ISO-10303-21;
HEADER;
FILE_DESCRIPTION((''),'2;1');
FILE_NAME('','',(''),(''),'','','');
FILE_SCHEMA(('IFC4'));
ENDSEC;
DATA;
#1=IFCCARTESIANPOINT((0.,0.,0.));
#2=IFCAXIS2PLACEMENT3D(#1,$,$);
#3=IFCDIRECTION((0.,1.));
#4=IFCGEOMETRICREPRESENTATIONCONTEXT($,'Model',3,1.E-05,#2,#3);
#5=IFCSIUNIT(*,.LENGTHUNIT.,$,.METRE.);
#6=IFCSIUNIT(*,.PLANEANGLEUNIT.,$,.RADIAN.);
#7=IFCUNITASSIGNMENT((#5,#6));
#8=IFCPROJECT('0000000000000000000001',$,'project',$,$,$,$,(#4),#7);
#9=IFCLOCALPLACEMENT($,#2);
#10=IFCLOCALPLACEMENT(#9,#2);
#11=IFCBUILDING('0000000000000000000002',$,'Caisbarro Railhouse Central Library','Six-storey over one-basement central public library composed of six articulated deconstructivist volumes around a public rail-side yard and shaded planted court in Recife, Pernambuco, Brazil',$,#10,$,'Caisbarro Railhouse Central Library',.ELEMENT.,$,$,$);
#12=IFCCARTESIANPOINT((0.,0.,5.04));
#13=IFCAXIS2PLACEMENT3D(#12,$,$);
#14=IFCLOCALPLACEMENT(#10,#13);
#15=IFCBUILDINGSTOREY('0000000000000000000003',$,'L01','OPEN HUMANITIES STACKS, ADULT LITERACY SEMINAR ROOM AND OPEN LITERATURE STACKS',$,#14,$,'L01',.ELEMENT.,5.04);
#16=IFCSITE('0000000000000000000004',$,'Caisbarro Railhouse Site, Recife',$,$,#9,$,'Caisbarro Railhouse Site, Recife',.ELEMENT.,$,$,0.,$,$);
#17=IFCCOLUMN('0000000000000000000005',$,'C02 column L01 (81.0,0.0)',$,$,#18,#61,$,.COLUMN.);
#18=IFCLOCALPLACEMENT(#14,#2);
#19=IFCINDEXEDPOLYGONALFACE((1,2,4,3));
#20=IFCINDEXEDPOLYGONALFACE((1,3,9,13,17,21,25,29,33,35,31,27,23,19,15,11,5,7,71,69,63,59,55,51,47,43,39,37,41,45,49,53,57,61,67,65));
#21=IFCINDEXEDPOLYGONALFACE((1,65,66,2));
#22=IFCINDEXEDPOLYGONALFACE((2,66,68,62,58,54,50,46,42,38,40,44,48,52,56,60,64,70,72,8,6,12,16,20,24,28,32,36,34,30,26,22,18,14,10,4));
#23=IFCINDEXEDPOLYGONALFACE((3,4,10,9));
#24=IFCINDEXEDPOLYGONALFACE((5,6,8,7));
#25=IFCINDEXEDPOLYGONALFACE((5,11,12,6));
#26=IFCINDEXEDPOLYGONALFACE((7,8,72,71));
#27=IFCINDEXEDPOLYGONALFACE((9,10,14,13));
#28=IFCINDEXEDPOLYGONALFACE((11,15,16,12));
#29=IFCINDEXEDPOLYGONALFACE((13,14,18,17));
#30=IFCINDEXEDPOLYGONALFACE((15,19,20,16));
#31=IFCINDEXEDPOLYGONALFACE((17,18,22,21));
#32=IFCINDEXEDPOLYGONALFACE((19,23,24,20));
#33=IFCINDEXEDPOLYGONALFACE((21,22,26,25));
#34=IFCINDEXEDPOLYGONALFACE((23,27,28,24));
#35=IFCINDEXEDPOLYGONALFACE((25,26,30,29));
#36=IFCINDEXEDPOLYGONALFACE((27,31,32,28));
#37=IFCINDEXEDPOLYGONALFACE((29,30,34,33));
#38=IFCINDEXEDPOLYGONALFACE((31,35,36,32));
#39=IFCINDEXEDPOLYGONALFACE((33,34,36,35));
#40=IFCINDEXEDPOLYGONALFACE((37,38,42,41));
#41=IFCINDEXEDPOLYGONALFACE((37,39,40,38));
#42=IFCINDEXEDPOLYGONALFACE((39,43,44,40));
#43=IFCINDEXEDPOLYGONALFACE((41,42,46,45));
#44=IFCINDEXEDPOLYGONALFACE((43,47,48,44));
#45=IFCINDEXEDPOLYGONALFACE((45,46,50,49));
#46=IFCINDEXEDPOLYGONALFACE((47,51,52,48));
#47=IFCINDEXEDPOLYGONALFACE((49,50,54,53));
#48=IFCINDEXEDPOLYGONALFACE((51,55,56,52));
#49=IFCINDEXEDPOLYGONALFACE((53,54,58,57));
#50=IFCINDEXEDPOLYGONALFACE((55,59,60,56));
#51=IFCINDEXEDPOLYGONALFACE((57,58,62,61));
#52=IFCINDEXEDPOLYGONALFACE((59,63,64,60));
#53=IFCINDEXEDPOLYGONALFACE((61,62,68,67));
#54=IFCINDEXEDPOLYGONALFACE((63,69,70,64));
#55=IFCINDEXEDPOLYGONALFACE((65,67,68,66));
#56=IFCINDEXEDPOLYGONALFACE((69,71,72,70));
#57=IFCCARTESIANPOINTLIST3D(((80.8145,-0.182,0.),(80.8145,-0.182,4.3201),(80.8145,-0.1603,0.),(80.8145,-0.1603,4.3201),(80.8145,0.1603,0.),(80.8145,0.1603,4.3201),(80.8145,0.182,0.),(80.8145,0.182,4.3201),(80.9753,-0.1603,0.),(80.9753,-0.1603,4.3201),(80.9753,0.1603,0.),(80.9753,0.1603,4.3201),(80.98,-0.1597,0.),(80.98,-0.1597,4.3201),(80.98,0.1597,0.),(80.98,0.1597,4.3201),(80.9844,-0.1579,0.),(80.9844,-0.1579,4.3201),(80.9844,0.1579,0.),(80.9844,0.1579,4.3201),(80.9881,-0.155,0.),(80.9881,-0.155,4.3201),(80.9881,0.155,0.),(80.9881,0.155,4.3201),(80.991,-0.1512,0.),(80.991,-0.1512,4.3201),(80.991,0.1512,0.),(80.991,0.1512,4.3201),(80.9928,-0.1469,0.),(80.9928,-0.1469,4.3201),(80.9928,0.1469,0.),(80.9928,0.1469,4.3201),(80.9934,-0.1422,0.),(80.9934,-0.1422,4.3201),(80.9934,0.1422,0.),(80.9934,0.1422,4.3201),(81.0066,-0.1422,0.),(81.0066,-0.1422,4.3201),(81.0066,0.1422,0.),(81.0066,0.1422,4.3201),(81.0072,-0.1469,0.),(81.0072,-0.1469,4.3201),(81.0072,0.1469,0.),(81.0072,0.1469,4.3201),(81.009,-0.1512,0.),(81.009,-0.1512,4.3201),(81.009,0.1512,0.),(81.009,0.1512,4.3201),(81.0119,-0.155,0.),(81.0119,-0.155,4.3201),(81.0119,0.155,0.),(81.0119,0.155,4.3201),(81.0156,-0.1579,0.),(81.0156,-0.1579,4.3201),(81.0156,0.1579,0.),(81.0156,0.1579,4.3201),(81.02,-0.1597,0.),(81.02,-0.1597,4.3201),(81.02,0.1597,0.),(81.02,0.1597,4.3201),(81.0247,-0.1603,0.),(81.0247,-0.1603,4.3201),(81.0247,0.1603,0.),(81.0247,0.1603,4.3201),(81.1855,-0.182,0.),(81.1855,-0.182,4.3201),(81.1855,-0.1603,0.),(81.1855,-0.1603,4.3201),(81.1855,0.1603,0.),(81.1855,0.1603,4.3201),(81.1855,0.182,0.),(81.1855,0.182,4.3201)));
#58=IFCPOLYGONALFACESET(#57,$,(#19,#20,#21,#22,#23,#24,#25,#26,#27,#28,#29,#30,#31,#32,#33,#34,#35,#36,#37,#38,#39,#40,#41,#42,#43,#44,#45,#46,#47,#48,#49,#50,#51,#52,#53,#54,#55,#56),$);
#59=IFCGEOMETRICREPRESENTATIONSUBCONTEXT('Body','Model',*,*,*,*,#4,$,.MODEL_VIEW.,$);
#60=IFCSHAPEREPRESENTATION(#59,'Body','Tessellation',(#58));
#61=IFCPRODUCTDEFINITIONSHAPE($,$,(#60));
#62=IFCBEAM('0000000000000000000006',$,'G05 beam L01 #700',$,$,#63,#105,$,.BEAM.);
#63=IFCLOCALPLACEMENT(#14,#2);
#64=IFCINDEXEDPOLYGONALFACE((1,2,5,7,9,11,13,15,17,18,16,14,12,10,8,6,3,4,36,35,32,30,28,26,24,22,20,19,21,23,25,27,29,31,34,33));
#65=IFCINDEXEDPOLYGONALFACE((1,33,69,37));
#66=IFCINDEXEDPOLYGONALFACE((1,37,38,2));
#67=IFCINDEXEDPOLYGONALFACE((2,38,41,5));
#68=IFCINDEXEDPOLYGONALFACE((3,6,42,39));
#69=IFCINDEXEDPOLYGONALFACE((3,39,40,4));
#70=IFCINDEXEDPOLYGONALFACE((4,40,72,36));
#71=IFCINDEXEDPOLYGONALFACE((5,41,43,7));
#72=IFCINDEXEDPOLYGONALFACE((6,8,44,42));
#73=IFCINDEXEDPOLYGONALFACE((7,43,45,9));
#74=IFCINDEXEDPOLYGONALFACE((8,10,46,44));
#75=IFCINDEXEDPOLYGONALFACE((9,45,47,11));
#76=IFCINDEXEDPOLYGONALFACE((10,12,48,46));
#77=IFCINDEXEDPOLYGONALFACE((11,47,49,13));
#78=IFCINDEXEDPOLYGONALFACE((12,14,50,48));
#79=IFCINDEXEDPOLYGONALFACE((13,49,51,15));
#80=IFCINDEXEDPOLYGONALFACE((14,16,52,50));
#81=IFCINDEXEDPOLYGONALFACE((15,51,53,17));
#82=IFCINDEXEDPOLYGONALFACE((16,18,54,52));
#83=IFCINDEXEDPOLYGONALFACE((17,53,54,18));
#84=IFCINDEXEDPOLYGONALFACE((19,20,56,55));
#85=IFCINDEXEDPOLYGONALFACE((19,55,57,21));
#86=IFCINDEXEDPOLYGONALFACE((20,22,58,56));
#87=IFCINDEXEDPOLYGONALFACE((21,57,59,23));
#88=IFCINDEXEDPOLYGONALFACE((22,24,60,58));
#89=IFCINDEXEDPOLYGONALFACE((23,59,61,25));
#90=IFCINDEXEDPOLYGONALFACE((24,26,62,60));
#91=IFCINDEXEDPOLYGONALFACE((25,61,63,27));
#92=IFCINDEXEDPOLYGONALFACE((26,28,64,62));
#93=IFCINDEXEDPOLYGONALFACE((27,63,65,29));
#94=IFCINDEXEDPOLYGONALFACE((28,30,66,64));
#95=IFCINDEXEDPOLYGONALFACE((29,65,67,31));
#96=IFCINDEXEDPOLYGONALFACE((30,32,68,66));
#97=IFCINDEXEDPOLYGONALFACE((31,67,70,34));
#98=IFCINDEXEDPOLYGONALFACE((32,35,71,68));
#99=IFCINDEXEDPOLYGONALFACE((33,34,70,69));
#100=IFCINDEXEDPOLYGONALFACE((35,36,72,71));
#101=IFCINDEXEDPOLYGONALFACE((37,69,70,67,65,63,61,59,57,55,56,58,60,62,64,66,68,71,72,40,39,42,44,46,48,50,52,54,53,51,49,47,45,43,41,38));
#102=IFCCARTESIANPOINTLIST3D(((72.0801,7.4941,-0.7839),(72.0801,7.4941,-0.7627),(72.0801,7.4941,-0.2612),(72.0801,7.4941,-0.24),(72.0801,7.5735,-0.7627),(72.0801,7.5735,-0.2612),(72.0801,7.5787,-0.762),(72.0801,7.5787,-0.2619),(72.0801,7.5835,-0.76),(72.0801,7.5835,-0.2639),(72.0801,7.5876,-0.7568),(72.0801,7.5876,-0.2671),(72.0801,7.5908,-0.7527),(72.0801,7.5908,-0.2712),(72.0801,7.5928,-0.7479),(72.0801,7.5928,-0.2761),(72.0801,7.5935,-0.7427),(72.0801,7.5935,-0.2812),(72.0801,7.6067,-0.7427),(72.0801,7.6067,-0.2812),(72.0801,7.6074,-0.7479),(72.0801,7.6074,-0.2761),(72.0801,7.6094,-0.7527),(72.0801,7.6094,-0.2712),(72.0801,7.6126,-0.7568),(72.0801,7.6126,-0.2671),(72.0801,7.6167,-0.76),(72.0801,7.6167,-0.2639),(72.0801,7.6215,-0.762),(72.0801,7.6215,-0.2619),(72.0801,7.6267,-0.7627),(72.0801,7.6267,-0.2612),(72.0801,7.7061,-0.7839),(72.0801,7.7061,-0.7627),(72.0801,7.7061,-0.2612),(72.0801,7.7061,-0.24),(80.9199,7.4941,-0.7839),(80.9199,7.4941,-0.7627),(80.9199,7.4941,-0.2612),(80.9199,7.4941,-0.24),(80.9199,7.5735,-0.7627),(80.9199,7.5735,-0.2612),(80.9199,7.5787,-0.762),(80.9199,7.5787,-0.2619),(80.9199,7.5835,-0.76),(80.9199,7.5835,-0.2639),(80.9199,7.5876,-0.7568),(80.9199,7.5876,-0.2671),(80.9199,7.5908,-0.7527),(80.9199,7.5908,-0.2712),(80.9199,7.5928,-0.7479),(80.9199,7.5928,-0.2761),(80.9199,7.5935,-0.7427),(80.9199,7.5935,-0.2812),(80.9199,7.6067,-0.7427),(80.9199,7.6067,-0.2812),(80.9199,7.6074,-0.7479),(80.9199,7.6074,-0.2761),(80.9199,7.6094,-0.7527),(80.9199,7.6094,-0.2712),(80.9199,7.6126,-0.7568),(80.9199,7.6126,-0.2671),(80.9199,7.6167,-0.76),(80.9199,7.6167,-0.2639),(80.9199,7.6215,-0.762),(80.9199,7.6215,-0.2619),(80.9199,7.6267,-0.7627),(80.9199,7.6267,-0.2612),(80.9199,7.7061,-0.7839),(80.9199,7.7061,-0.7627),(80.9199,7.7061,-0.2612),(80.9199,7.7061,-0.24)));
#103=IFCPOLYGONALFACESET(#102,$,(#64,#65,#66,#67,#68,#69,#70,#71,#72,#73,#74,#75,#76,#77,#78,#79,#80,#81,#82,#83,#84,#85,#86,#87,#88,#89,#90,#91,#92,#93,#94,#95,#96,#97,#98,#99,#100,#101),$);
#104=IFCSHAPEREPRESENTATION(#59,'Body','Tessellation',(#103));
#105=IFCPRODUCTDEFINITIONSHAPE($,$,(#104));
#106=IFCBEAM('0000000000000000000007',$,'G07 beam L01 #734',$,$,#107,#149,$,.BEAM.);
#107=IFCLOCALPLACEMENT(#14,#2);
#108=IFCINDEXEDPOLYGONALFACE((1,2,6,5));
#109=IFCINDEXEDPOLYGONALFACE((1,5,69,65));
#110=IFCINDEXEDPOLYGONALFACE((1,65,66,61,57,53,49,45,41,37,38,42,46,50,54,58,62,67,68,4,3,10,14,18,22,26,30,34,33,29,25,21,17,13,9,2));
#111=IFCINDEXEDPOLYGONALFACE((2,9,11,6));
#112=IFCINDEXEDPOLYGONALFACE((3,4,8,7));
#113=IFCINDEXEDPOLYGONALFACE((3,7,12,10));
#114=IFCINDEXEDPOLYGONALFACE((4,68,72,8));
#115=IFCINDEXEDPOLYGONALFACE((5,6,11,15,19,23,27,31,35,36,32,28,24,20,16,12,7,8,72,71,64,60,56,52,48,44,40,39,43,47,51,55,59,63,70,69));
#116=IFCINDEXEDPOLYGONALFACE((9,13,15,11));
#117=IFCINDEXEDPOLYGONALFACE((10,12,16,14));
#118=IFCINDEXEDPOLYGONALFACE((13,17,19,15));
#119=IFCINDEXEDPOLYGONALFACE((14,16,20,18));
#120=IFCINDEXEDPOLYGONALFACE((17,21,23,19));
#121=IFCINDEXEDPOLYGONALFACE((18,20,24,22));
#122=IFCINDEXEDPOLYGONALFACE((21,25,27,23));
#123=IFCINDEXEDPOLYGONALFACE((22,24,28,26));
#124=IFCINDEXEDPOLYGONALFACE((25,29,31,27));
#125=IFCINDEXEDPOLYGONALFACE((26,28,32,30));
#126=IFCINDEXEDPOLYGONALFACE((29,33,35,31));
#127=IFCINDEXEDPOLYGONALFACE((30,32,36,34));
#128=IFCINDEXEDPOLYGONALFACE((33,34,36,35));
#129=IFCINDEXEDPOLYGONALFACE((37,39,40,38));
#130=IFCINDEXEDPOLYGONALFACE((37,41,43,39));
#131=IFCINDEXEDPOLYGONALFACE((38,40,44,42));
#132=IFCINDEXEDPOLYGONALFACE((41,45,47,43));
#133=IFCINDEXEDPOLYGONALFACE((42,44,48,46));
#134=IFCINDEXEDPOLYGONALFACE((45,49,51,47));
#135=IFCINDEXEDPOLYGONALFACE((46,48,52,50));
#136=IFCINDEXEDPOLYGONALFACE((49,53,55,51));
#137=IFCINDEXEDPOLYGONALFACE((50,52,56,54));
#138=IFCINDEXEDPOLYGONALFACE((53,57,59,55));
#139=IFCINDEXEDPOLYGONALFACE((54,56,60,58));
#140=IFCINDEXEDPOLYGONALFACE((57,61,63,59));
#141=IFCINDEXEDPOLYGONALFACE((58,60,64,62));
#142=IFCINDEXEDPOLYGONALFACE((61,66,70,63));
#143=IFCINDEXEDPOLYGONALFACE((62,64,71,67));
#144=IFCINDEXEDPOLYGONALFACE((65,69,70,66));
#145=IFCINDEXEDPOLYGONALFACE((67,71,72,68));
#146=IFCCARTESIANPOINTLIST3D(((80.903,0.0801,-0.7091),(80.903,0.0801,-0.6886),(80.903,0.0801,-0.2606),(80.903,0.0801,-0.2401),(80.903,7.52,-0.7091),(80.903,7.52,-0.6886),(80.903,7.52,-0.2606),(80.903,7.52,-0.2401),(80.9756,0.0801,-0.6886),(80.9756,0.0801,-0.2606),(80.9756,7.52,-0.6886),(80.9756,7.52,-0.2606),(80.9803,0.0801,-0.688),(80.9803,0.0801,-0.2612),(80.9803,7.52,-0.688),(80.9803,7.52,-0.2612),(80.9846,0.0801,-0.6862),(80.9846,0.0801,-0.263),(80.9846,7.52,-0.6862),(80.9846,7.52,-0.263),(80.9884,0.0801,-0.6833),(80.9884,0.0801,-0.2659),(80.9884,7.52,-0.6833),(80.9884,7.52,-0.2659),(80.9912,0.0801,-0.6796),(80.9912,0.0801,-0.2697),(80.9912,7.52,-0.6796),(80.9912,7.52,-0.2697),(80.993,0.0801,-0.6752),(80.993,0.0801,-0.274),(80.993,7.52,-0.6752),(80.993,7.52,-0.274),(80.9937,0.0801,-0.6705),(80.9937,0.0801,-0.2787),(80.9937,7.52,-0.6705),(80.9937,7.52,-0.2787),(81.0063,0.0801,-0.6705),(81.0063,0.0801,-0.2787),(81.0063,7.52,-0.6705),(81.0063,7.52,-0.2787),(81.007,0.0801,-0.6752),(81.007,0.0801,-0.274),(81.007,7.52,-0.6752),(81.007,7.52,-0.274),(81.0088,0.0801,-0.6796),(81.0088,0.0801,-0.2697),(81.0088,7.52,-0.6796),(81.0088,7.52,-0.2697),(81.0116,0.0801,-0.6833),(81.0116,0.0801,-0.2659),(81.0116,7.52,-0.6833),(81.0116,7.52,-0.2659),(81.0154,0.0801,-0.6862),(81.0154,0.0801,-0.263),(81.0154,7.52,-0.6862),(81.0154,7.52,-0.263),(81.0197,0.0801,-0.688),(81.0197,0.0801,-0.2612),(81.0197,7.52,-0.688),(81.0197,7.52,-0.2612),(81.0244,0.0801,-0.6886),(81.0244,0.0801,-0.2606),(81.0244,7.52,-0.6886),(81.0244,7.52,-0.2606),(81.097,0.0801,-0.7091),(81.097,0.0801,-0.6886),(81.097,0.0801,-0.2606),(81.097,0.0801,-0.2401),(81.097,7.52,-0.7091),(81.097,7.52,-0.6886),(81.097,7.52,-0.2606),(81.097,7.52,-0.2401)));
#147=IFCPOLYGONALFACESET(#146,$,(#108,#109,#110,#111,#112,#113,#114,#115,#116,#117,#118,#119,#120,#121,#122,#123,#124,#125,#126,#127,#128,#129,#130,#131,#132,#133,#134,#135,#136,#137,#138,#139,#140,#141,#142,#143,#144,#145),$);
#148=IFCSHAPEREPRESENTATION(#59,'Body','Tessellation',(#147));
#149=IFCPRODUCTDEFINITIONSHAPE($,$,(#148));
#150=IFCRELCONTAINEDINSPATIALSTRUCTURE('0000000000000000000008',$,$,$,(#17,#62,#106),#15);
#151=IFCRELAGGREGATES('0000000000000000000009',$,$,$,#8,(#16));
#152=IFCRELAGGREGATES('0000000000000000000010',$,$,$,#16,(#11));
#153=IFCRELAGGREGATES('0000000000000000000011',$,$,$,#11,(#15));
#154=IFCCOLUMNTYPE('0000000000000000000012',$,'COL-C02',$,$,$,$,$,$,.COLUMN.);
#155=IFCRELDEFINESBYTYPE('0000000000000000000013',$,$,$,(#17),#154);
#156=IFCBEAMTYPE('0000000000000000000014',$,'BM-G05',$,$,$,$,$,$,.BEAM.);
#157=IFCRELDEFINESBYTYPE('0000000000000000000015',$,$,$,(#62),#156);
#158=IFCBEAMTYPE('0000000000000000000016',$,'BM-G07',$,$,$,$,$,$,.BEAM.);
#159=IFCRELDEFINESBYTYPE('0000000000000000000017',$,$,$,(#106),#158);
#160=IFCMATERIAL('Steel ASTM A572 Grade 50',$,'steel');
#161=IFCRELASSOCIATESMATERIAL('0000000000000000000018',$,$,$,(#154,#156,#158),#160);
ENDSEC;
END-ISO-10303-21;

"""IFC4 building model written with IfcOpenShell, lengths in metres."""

from ifc_helpers import new_model, si_unit, direction, frame, origin, origin_2d, place, context, subcontext, project, spatial, i_section, extrude, material, material_profile, profile_set, type_object, element, save


model = new_model("IFC4")

# Units and contexts
model_context = context("Model", 3, precision=1e-05, world=origin(), true_north=direction((0.0, 1.0)))
body_context = subcontext(model_context, "Body", "Model", "MODEL_VIEW")
ifc_project = project(units=[si_unit("LENGTHUNIT", "METRE"), si_unit("PLANEANGLEUNIT", "RADIAN")], contexts=[model_context])

# Site, building, storey
site_placement = place(None, origin())
site = spatial("IfcSite", under=ifc_project, at=site_placement, Name="Caisbarro Railhouse Site, Recife", LongName="Caisbarro Railhouse Site, Recife", CompositionType="ELEMENT", RefElevation=0.0)
building_placement = place(site_placement, origin())
building = spatial("IfcBuilding", under=site, at=building_placement, Name="Caisbarro Railhouse Central Library", Description="Six-storey over one-basement central public library composed of six articulated deconstructivist volumes around a public rail-side yard and shaded planted court in Recife, Pernambuco, Brazil", LongName="Caisbarro Railhouse Central Library", CompositionType="ELEMENT")
storey_placement = place(building_placement, frame((0.0, 0.0, 5.04)))
storey = spatial("IfcBuildingStorey", under=building, at=storey_placement, Name="L01", Description="OPEN HUMANITIES STACKS, ADULT LITERACY SEMINAR ROOM AND OPEN LITERATURE STACKS", LongName="L01", CompositionType="ELEMENT", Elevation=5.04)

# Column
ifc_material_1 = material(Name="Steel ASTM A572 Grade 50", Category="steel")
ifc_material_profile_1 = material_profile(ifc_material_1, i_section(OverallWidth=0.3711, OverallDepth=0.364, WebThickness=0.0132, FlangeThickness=0.0217, FilletRadius=0.0181, at=origin_2d()), Name="W360X162.0")
ifc_profile_set_1 = profile_set([ifc_material_profile_1], Name="Steel ASTM A572 Grade 50")
column_type = type_object("IfcColumnType", Name="COL-C02", PredefinedType="COLUMN", material=ifc_profile_set_1)
column_placement = place(storey_placement, frame((81.0, 0.0, 0.0), z_axis=(0.0, 0.0, 1.0), x_axis=(1.0, 0.0, 0.0)))
element("IfcColumn", 1, at=column_placement, inside=storey, type_object=column_type, Name="C02 column L01 (81.0,0.0)", PredefinedType="COLUMN", context=body_context, shape_type="SweptSolid", body=[
    extrude(i_section(OverallWidth=0.3711, OverallDepth=0.364, WebThickness=0.0132, FlangeThickness=0.0217, FilletRadius=0.0181, at=origin_2d()), origin(), (0.0, 0.0, 1.0), 4.3201),
])

# Beams
ifc_material_profile_2 = material_profile(ifc_material_1, i_section(OverallWidth=0.2119, OverallDepth=0.5439, WebThickness=0.0132, FlangeThickness=0.0212, FilletRadius=0.02, at=origin_2d()), Name="W530X123.0")
ifc_profile_set_2 = profile_set([ifc_material_profile_2], Name="Steel ASTM A572 Grade 50")
beam_type_1 = type_object("IfcBeamType", Name="BM-G05", PredefinedType="BEAM", material=ifc_profile_set_2)
beam_1_placement = place(storey_placement, frame((72.0801, 7.6001, -0.512), z_axis=(1.0, 0.0, 0.0), x_axis=(0.0, 1.0, 0.0)))
element("IfcBeam", 2, at=beam_1_placement, inside=storey, type_object=beam_type_1, Name="G05 beam L01 #700", PredefinedType="BEAM", context=body_context, shape_type="SweptSolid", body=[
    extrude(i_section(OverallWidth=0.2119, OverallDepth=0.5439, WebThickness=0.0132, FlangeThickness=0.0212, FilletRadius=0.02, at=origin_2d()), origin(), (0.0, 0.0, 1.0), 8.8398),
])
ifc_material_profile_3 = material_profile(ifc_material_1, i_section(OverallWidth=0.1941, OverallDepth=0.469, WebThickness=0.0127, FlangeThickness=0.0205, FilletRadius=0.0181, at=origin_2d()), Name="W460X106.0")
ifc_profile_set_3 = profile_set([ifc_material_profile_3], Name="Steel ASTM A572 Grade 50")
beam_type_2 = type_object("IfcBeamType", Name="BM-G07", PredefinedType="BEAM", material=ifc_profile_set_3)
beam_2_placement = place(storey_placement, frame((81.0, 0.0801, -0.4746), z_axis=(0.0, 1.0, 0.0), x_axis=(-1.0, 0.0, 0.0)))
element("IfcBeam", 3, at=beam_2_placement, inside=storey, type_object=beam_type_2, Name="G07 beam L01 #734", PredefinedType="BEAM", context=body_context, shape_type="SweptSolid", body=[
    extrude(i_section(OverallWidth=0.1941, OverallDepth=0.469, WebThickness=0.0127, FlangeThickness=0.0205, FilletRadius=0.0181, at=origin_2d()), origin(), (0.0, 0.0, 1.0), 7.4399),
])

save(model, "model.ifc")
